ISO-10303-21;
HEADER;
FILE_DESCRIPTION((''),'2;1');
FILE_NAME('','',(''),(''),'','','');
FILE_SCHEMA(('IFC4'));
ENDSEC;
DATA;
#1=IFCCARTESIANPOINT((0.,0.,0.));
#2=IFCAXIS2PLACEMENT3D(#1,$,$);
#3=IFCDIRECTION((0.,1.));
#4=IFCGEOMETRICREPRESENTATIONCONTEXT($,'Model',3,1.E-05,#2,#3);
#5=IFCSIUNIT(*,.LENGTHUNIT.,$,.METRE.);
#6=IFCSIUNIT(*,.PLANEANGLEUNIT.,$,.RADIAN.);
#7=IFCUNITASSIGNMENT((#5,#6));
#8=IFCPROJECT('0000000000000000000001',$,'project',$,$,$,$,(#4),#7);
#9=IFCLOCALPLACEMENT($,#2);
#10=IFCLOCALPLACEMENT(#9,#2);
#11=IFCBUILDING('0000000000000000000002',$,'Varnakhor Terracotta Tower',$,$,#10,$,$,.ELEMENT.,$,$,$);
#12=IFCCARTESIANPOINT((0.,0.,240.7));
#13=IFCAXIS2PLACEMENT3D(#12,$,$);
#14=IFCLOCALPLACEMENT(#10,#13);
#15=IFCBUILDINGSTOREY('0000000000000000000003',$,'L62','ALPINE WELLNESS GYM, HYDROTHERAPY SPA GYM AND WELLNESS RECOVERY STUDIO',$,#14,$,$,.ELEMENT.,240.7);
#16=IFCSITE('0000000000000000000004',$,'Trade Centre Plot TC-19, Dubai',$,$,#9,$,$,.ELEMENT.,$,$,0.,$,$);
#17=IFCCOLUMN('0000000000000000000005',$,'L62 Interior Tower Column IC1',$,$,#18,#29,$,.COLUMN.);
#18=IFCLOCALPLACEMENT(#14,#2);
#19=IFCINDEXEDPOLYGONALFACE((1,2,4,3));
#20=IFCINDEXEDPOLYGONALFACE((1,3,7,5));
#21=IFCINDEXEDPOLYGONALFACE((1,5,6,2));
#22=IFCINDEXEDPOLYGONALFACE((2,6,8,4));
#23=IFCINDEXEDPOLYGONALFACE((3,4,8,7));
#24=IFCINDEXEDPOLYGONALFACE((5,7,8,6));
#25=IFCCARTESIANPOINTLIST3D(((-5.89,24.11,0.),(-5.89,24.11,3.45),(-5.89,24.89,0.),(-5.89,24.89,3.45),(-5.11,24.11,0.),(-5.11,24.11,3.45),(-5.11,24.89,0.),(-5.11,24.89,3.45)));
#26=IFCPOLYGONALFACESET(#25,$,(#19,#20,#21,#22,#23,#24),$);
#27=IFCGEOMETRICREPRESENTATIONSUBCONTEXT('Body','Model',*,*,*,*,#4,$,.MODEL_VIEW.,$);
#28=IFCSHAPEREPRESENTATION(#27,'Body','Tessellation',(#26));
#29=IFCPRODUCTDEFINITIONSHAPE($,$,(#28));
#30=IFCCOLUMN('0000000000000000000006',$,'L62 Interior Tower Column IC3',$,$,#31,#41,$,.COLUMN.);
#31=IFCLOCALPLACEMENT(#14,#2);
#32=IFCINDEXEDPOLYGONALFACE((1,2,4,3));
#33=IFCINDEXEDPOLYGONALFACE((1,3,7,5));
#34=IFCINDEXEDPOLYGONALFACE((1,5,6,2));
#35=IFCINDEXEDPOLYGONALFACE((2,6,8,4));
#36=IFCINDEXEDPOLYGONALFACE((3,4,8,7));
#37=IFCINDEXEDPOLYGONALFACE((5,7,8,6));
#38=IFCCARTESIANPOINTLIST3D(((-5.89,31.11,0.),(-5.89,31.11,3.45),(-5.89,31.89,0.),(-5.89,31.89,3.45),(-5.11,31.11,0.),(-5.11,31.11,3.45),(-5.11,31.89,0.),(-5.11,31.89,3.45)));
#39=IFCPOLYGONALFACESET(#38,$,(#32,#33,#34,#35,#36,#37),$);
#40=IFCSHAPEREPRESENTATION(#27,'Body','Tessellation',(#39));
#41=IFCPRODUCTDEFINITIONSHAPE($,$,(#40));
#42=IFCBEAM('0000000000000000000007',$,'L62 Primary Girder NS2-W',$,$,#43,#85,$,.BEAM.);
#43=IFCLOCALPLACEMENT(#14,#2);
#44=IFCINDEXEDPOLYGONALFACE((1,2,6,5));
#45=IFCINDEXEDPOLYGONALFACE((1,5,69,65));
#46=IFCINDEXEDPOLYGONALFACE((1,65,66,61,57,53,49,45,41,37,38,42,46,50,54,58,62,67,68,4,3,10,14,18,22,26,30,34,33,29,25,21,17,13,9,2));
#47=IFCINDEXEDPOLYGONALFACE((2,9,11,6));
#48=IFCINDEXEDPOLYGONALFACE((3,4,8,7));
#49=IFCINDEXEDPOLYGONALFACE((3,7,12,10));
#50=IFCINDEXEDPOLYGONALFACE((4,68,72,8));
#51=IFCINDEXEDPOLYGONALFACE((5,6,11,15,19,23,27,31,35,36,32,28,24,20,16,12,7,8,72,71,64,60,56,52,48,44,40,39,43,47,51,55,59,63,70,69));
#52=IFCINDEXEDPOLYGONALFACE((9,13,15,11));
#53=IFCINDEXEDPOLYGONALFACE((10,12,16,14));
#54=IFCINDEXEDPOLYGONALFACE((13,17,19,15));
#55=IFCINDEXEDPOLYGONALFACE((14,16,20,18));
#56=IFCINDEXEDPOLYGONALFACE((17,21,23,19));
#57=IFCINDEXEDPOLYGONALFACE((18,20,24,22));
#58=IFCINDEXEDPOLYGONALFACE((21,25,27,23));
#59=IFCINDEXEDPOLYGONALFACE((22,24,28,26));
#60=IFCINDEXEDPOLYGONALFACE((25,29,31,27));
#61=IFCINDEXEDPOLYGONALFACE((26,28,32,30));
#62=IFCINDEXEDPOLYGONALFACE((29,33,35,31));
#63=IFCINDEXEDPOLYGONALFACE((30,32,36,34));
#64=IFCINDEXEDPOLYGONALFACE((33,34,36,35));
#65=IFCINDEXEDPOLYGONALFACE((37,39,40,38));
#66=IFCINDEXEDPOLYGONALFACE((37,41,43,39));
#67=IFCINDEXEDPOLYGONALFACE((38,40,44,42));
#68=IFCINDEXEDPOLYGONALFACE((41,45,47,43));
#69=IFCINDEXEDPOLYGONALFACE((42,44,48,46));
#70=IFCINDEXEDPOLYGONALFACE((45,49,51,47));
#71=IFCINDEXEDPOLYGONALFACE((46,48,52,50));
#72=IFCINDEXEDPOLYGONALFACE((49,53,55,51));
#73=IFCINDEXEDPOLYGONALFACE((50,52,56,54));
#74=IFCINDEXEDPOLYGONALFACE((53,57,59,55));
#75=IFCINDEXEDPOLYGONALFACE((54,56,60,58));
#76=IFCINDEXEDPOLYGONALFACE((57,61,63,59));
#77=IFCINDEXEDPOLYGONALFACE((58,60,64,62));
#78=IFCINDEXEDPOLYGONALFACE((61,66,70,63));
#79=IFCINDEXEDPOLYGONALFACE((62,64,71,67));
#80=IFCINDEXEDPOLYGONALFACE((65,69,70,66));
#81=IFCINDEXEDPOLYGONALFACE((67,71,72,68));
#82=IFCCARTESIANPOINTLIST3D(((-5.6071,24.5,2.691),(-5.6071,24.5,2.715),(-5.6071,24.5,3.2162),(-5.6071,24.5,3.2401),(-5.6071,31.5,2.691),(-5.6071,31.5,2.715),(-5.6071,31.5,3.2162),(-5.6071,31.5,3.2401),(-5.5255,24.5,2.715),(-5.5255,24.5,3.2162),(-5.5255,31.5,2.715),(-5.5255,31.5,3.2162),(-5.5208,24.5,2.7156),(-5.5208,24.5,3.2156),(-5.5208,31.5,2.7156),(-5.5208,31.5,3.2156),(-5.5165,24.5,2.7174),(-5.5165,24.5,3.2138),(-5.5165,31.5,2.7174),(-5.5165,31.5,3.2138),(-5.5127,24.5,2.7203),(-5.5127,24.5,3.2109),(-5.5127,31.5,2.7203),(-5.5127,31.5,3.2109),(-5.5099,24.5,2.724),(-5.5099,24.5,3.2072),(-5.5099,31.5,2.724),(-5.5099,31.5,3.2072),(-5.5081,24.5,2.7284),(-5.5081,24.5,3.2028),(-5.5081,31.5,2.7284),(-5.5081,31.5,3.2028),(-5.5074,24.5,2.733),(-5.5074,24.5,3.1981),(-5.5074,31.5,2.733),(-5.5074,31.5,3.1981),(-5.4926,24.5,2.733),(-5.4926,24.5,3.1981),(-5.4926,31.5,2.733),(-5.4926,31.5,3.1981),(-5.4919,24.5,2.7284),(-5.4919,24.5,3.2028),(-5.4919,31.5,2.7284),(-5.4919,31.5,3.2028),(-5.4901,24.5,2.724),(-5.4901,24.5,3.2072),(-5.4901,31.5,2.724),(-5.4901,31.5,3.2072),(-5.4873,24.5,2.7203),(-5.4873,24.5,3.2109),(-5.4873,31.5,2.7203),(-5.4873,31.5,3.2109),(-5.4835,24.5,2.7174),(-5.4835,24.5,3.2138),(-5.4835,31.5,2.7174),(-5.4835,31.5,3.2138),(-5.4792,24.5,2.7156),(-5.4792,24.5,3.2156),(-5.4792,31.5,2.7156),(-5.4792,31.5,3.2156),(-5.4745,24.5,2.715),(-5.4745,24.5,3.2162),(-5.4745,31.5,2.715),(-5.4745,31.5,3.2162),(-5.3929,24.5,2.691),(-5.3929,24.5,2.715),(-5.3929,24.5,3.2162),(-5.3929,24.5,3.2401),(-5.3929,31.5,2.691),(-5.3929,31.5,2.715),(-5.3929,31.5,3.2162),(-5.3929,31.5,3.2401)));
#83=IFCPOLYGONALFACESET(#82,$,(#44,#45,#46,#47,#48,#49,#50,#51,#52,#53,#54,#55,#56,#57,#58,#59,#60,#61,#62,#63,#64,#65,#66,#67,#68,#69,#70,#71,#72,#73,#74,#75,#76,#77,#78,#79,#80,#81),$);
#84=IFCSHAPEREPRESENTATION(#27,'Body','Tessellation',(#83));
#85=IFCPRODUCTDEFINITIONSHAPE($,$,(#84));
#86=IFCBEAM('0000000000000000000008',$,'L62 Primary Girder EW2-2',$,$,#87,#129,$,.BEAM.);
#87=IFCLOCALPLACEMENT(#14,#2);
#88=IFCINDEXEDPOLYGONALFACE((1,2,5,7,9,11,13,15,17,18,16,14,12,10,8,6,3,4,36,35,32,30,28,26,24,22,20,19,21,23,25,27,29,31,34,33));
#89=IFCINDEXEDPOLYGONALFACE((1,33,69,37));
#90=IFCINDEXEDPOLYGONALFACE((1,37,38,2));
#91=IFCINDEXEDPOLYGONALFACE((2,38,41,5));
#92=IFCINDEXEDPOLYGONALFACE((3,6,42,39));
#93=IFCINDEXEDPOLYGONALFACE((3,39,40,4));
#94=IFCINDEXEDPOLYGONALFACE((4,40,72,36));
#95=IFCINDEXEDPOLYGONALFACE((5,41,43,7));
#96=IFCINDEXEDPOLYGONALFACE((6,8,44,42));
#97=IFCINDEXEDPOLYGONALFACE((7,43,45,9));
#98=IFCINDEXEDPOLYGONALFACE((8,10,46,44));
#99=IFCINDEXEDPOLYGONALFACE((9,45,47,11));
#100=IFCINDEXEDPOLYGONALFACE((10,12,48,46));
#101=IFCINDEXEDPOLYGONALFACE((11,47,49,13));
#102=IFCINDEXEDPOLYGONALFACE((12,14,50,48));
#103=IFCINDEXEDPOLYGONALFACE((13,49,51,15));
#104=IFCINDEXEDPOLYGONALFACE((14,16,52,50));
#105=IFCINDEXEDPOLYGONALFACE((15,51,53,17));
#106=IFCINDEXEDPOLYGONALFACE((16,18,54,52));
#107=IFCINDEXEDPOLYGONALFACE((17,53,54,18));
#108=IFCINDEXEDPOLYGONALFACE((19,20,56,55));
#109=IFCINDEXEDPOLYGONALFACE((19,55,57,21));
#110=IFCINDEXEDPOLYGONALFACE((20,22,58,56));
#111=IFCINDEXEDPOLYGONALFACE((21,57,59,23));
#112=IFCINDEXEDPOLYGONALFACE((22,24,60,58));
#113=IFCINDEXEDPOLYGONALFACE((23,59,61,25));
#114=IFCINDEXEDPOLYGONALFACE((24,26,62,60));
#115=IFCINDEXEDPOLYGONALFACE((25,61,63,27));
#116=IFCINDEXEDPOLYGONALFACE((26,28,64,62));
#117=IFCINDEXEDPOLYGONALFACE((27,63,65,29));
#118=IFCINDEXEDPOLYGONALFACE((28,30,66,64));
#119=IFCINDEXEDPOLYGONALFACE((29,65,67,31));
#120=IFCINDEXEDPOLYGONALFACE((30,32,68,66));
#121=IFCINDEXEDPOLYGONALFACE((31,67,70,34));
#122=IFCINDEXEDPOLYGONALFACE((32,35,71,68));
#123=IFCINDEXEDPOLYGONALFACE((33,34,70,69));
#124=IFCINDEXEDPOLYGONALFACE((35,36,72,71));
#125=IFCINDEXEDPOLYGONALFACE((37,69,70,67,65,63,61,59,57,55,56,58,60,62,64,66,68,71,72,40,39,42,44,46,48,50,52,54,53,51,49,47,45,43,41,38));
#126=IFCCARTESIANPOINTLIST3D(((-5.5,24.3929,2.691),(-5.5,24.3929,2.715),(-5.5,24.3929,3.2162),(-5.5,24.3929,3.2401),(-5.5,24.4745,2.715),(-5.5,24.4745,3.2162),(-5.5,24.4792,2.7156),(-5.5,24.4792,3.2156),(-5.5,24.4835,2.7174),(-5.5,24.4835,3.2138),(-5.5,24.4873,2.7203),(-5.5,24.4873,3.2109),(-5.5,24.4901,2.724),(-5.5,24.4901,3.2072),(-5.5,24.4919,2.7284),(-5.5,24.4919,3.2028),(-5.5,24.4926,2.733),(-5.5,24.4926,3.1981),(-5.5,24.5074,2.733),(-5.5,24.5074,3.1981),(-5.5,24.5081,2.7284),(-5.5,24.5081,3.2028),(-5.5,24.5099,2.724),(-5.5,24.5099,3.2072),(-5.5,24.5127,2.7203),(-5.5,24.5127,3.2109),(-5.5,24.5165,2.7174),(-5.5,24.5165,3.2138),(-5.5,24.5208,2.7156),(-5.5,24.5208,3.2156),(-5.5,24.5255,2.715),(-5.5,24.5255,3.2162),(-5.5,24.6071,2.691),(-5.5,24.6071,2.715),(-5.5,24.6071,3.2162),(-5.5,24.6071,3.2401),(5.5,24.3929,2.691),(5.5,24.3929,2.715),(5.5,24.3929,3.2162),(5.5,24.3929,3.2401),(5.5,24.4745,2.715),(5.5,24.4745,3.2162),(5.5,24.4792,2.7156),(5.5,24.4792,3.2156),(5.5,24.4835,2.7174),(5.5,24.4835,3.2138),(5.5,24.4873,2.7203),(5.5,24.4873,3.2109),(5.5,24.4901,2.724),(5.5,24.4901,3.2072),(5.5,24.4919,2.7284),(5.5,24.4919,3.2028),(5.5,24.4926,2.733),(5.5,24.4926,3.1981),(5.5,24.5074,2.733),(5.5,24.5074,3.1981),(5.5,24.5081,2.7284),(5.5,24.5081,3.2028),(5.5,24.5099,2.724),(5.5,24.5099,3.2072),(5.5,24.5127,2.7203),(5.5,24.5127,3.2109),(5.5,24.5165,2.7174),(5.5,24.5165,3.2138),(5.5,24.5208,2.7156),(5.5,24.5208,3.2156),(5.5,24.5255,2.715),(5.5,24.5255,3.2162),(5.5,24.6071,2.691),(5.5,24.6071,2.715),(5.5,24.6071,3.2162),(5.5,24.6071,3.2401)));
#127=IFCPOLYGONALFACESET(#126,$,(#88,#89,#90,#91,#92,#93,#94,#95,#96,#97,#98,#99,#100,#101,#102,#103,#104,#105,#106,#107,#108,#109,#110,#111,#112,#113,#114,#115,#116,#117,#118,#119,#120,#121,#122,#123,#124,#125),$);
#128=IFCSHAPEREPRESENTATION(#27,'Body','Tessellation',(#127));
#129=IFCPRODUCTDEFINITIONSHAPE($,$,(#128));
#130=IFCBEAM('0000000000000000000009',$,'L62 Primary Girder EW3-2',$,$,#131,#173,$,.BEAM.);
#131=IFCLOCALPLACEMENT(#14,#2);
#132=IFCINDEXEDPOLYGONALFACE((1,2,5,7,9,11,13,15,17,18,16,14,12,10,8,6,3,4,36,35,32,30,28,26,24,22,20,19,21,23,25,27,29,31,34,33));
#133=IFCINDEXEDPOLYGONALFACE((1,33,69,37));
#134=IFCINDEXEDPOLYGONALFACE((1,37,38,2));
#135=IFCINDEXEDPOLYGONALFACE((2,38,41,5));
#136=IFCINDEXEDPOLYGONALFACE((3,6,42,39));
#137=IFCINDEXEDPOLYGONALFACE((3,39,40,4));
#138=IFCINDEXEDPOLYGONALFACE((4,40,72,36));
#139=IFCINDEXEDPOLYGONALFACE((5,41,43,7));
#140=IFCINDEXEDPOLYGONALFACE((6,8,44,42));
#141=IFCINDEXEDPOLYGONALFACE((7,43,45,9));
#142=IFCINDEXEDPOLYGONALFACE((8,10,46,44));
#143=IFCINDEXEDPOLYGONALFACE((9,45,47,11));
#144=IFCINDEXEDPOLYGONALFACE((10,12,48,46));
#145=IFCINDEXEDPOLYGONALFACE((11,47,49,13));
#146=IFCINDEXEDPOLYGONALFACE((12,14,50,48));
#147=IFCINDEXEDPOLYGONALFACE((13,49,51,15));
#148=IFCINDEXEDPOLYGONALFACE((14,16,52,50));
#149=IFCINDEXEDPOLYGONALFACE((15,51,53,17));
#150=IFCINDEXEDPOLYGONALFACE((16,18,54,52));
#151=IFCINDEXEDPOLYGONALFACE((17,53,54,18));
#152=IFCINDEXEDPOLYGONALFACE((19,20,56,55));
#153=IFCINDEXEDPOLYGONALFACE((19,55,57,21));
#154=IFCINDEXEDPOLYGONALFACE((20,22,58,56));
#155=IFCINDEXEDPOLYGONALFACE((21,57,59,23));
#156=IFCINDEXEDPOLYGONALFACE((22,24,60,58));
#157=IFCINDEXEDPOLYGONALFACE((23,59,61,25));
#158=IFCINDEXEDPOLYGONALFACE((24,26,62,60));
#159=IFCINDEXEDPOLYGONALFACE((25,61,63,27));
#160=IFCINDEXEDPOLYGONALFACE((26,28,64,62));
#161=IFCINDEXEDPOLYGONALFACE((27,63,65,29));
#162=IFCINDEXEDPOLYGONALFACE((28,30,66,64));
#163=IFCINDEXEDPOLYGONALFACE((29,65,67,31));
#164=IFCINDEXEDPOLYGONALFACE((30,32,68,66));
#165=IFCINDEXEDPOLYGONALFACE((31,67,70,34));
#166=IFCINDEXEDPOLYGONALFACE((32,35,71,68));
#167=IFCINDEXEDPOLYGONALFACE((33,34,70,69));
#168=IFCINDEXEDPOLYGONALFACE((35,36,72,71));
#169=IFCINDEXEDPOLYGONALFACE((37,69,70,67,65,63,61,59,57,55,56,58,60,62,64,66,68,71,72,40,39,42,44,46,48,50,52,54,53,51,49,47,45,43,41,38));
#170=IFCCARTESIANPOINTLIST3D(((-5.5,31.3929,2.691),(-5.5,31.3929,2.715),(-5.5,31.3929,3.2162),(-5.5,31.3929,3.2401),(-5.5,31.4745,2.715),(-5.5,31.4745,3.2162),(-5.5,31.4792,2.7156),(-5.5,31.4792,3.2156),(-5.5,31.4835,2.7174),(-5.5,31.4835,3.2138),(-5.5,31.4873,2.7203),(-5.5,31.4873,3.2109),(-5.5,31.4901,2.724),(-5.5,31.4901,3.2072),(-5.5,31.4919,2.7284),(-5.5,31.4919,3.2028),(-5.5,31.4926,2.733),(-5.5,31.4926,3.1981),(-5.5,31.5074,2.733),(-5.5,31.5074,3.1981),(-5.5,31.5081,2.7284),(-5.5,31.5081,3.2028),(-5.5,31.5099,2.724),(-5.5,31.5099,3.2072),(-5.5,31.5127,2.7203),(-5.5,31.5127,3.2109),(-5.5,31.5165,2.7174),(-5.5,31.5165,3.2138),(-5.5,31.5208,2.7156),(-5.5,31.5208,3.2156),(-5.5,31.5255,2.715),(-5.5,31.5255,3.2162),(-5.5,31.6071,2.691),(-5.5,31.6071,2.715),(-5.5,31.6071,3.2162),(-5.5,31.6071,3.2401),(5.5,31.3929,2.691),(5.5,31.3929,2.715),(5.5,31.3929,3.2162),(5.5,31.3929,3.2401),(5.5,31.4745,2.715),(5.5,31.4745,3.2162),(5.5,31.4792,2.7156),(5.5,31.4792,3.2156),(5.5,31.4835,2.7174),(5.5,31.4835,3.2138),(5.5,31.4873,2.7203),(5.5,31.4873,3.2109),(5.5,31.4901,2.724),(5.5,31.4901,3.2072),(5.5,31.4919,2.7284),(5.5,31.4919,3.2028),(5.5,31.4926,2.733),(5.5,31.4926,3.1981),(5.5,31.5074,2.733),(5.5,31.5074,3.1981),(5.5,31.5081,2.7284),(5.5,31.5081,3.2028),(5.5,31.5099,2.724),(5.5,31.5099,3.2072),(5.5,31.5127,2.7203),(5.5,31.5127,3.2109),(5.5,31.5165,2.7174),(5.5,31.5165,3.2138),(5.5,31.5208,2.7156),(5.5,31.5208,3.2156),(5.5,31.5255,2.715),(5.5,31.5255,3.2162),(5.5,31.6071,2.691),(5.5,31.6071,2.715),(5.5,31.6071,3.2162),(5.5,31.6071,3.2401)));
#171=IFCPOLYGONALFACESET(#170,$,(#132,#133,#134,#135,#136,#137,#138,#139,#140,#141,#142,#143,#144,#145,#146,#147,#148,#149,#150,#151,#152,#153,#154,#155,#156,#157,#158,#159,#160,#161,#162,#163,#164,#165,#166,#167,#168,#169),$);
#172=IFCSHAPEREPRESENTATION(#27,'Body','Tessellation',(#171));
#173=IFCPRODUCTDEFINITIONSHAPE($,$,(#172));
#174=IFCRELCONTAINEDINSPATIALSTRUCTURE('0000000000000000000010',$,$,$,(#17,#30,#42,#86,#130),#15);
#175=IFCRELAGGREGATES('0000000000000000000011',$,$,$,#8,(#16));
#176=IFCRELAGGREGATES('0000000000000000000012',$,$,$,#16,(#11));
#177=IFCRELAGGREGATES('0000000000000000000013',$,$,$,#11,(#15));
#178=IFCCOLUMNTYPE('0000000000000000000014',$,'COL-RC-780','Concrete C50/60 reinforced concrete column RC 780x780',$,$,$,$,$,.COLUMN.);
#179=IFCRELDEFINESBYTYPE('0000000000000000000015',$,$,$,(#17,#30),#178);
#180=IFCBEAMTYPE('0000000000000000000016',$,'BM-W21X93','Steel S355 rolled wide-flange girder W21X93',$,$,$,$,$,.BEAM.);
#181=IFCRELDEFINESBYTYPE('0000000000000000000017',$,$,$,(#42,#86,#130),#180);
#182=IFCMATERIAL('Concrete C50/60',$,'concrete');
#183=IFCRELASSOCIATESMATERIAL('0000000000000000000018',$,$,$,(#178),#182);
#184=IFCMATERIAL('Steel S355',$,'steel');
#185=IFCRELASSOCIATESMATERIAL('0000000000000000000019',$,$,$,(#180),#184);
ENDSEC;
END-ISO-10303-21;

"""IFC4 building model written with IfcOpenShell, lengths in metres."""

from ifc_helpers import new_model, si_unit, direction, frame, origin, origin_2d, place, context, subcontext, project, spatial, rectangle, i_section, extrude, source, transform, mapped, material, material_profile, profile_set, type_object, element, save


model = new_model("IFC4")

# Units and contexts
model_context = context("Model", 3, precision=1e-05, world=origin(), true_north=direction((0.0, 1.0)))
body_context = subcontext(model_context, "Body", "Model", "MODEL_VIEW")
ifc_project = project(units=[si_unit("LENGTHUNIT", "METRE"), si_unit("PLANEANGLEUNIT", "RADIAN")], contexts=[model_context])

# Site, building, storey
site_placement = place(None, origin())
site = spatial("IfcSite", under=ifc_project, at=site_placement, Name="Trade Centre Plot TC-19, Dubai", CompositionType="ELEMENT", RefElevation=0.0)
building_placement = place(site_placement, origin())
building = spatial("IfcBuilding", under=site, at=building_placement, Name="Varnakhor Terracotta Tower", CompositionType="ELEMENT")
storey_placement = place(building_placement, frame((0.0, 0.0, 240.7)))
storey = spatial("IfcBuildingStorey", under=building, at=storey_placement, Name="L62", Description="ALPINE WELLNESS GYM, HYDROTHERAPY SPA GYM AND WELLNESS RECOVERY STUDIO", CompositionType="ELEMENT", Elevation=240.7)

# Columns
ifc_material_1 = material(Name="Concrete C50/60", Category="concrete")
ifc_material_profile_1 = material_profile(ifc_material_1, rectangle(XDim=0.78, YDim=0.78, at=origin_2d()), Name="RC 780x780")
ifc_profile_set_1 = profile_set([ifc_material_profile_1], Name="Concrete C50/60")
column_type = type_object("IfcColumnType", Name="COL-RC-780", Description="Concrete C50/60 reinforced concrete column RC 780x780", PredefinedType="COLUMN", material=ifc_profile_set_1)
shared_shape_1 = source(origin(), body_context, "Body", "SweptSolid", [
    extrude(rectangle(XDim=0.78, YDim=0.78, at=origin_2d()), origin(), (0.0, 0.0, 1.0), 3.45),
])
for number, where, z_axis, x_axis, name in (
    (1, (-5.5, 24.5, 0.0), (0.0, 0.0, 1.0), (1.0, 0.0, 0.0), "L62 Interior Tower Column IC1"),
    (2, (-5.5, 31.5, 0.0), (0.0, 0.0, 1.0), (1.0, 0.0, 0.0), "L62 Interior Tower Column IC3"),
):
    element("IfcColumn", number, at=place(storey_placement, frame(where, z_axis=z_axis, x_axis=x_axis)), inside=storey, type_object=column_type, Name=name, PredefinedType="COLUMN", context=body_context, shape_type="MappedRepresentation", body=[
        mapped(shared_shape_1, transform((0.0, 0.0, 0.0), scale=1.0)),
    ])

# Beams
ifc_material_2 = material(Name="Steel S355", Category="steel")
ifc_material_profile_2 = material_profile(ifc_material_2, i_section(OverallWidth=0.2141, OverallDepth=0.5491, WebThickness=0.0149, FlangeThickness=0.0239, FilletRadius=0.0181, at=origin_2d()), Name="W21X93")
ifc_profile_set_2 = profile_set([ifc_material_profile_2], Name="Steel S355")
beam_type_1 = type_object("IfcBeamType", Name="BM-W21X93", Description="Steel S355 rolled wide-flange girder W21X93", PredefinedType="BEAM", material=ifc_profile_set_2)
shared_shape_2 = source(origin(), body_context, "Body", "SweptSolid", [
    extrude(i_section(OverallWidth=0.2141, OverallDepth=0.5491, WebThickness=0.0149, FlangeThickness=0.0239, FilletRadius=0.0181, at=origin_2d()), origin(), (0.0, 0.0, 1.0), 7.0),
])
beam_1_placement = place(storey_placement, frame((-5.5, 24.5, 2.9656), z_axis=(0.0, 1.0, 0.0), x_axis=(-1.0, 0.0, 0.0)))
element("IfcBeam", 3, at=beam_1_placement, inside=storey, type_object=beam_type_1, Name="L62 Primary Girder NS2-W", PredefinedType="BEAM", context=body_context, shape_type="MappedRepresentation", body=[
    mapped(shared_shape_2, transform((0.0, 0.0, 0.0), scale=1.0)),
])
shared_shape_3 = source(origin(), body_context, "Body", "SweptSolid", [
    extrude(i_section(OverallWidth=0.2141, OverallDepth=0.5491, WebThickness=0.0149, FlangeThickness=0.0239, FilletRadius=0.0181, at=origin_2d()), origin(), (0.0, 0.0, 1.0), 11.0),
])
for number, where, z_axis, x_axis, name in (
    (4, (-5.5, 24.5, 2.9656), (1.0, 0.0, 0.0), (0.0, 1.0, 0.0), "L62 Primary Girder EW2-2"),
    (5, (-5.5, 31.5, 2.9656), (1.0, 0.0, 0.0), (0.0, 1.0, 0.0), "L62 Primary Girder EW3-2"),
):
    element("IfcBeam", number, at=place(storey_placement, frame(where, z_axis=z_axis, x_axis=x_axis)), inside=storey, type_object=beam_type_1, Name=name, PredefinedType="BEAM", context=body_context, shape_type="MappedRepresentation", body=[
        mapped(shared_shape_3, transform((0.0, 0.0, 0.0), scale=1.0)),
    ])

save(model, "model.ifc")
